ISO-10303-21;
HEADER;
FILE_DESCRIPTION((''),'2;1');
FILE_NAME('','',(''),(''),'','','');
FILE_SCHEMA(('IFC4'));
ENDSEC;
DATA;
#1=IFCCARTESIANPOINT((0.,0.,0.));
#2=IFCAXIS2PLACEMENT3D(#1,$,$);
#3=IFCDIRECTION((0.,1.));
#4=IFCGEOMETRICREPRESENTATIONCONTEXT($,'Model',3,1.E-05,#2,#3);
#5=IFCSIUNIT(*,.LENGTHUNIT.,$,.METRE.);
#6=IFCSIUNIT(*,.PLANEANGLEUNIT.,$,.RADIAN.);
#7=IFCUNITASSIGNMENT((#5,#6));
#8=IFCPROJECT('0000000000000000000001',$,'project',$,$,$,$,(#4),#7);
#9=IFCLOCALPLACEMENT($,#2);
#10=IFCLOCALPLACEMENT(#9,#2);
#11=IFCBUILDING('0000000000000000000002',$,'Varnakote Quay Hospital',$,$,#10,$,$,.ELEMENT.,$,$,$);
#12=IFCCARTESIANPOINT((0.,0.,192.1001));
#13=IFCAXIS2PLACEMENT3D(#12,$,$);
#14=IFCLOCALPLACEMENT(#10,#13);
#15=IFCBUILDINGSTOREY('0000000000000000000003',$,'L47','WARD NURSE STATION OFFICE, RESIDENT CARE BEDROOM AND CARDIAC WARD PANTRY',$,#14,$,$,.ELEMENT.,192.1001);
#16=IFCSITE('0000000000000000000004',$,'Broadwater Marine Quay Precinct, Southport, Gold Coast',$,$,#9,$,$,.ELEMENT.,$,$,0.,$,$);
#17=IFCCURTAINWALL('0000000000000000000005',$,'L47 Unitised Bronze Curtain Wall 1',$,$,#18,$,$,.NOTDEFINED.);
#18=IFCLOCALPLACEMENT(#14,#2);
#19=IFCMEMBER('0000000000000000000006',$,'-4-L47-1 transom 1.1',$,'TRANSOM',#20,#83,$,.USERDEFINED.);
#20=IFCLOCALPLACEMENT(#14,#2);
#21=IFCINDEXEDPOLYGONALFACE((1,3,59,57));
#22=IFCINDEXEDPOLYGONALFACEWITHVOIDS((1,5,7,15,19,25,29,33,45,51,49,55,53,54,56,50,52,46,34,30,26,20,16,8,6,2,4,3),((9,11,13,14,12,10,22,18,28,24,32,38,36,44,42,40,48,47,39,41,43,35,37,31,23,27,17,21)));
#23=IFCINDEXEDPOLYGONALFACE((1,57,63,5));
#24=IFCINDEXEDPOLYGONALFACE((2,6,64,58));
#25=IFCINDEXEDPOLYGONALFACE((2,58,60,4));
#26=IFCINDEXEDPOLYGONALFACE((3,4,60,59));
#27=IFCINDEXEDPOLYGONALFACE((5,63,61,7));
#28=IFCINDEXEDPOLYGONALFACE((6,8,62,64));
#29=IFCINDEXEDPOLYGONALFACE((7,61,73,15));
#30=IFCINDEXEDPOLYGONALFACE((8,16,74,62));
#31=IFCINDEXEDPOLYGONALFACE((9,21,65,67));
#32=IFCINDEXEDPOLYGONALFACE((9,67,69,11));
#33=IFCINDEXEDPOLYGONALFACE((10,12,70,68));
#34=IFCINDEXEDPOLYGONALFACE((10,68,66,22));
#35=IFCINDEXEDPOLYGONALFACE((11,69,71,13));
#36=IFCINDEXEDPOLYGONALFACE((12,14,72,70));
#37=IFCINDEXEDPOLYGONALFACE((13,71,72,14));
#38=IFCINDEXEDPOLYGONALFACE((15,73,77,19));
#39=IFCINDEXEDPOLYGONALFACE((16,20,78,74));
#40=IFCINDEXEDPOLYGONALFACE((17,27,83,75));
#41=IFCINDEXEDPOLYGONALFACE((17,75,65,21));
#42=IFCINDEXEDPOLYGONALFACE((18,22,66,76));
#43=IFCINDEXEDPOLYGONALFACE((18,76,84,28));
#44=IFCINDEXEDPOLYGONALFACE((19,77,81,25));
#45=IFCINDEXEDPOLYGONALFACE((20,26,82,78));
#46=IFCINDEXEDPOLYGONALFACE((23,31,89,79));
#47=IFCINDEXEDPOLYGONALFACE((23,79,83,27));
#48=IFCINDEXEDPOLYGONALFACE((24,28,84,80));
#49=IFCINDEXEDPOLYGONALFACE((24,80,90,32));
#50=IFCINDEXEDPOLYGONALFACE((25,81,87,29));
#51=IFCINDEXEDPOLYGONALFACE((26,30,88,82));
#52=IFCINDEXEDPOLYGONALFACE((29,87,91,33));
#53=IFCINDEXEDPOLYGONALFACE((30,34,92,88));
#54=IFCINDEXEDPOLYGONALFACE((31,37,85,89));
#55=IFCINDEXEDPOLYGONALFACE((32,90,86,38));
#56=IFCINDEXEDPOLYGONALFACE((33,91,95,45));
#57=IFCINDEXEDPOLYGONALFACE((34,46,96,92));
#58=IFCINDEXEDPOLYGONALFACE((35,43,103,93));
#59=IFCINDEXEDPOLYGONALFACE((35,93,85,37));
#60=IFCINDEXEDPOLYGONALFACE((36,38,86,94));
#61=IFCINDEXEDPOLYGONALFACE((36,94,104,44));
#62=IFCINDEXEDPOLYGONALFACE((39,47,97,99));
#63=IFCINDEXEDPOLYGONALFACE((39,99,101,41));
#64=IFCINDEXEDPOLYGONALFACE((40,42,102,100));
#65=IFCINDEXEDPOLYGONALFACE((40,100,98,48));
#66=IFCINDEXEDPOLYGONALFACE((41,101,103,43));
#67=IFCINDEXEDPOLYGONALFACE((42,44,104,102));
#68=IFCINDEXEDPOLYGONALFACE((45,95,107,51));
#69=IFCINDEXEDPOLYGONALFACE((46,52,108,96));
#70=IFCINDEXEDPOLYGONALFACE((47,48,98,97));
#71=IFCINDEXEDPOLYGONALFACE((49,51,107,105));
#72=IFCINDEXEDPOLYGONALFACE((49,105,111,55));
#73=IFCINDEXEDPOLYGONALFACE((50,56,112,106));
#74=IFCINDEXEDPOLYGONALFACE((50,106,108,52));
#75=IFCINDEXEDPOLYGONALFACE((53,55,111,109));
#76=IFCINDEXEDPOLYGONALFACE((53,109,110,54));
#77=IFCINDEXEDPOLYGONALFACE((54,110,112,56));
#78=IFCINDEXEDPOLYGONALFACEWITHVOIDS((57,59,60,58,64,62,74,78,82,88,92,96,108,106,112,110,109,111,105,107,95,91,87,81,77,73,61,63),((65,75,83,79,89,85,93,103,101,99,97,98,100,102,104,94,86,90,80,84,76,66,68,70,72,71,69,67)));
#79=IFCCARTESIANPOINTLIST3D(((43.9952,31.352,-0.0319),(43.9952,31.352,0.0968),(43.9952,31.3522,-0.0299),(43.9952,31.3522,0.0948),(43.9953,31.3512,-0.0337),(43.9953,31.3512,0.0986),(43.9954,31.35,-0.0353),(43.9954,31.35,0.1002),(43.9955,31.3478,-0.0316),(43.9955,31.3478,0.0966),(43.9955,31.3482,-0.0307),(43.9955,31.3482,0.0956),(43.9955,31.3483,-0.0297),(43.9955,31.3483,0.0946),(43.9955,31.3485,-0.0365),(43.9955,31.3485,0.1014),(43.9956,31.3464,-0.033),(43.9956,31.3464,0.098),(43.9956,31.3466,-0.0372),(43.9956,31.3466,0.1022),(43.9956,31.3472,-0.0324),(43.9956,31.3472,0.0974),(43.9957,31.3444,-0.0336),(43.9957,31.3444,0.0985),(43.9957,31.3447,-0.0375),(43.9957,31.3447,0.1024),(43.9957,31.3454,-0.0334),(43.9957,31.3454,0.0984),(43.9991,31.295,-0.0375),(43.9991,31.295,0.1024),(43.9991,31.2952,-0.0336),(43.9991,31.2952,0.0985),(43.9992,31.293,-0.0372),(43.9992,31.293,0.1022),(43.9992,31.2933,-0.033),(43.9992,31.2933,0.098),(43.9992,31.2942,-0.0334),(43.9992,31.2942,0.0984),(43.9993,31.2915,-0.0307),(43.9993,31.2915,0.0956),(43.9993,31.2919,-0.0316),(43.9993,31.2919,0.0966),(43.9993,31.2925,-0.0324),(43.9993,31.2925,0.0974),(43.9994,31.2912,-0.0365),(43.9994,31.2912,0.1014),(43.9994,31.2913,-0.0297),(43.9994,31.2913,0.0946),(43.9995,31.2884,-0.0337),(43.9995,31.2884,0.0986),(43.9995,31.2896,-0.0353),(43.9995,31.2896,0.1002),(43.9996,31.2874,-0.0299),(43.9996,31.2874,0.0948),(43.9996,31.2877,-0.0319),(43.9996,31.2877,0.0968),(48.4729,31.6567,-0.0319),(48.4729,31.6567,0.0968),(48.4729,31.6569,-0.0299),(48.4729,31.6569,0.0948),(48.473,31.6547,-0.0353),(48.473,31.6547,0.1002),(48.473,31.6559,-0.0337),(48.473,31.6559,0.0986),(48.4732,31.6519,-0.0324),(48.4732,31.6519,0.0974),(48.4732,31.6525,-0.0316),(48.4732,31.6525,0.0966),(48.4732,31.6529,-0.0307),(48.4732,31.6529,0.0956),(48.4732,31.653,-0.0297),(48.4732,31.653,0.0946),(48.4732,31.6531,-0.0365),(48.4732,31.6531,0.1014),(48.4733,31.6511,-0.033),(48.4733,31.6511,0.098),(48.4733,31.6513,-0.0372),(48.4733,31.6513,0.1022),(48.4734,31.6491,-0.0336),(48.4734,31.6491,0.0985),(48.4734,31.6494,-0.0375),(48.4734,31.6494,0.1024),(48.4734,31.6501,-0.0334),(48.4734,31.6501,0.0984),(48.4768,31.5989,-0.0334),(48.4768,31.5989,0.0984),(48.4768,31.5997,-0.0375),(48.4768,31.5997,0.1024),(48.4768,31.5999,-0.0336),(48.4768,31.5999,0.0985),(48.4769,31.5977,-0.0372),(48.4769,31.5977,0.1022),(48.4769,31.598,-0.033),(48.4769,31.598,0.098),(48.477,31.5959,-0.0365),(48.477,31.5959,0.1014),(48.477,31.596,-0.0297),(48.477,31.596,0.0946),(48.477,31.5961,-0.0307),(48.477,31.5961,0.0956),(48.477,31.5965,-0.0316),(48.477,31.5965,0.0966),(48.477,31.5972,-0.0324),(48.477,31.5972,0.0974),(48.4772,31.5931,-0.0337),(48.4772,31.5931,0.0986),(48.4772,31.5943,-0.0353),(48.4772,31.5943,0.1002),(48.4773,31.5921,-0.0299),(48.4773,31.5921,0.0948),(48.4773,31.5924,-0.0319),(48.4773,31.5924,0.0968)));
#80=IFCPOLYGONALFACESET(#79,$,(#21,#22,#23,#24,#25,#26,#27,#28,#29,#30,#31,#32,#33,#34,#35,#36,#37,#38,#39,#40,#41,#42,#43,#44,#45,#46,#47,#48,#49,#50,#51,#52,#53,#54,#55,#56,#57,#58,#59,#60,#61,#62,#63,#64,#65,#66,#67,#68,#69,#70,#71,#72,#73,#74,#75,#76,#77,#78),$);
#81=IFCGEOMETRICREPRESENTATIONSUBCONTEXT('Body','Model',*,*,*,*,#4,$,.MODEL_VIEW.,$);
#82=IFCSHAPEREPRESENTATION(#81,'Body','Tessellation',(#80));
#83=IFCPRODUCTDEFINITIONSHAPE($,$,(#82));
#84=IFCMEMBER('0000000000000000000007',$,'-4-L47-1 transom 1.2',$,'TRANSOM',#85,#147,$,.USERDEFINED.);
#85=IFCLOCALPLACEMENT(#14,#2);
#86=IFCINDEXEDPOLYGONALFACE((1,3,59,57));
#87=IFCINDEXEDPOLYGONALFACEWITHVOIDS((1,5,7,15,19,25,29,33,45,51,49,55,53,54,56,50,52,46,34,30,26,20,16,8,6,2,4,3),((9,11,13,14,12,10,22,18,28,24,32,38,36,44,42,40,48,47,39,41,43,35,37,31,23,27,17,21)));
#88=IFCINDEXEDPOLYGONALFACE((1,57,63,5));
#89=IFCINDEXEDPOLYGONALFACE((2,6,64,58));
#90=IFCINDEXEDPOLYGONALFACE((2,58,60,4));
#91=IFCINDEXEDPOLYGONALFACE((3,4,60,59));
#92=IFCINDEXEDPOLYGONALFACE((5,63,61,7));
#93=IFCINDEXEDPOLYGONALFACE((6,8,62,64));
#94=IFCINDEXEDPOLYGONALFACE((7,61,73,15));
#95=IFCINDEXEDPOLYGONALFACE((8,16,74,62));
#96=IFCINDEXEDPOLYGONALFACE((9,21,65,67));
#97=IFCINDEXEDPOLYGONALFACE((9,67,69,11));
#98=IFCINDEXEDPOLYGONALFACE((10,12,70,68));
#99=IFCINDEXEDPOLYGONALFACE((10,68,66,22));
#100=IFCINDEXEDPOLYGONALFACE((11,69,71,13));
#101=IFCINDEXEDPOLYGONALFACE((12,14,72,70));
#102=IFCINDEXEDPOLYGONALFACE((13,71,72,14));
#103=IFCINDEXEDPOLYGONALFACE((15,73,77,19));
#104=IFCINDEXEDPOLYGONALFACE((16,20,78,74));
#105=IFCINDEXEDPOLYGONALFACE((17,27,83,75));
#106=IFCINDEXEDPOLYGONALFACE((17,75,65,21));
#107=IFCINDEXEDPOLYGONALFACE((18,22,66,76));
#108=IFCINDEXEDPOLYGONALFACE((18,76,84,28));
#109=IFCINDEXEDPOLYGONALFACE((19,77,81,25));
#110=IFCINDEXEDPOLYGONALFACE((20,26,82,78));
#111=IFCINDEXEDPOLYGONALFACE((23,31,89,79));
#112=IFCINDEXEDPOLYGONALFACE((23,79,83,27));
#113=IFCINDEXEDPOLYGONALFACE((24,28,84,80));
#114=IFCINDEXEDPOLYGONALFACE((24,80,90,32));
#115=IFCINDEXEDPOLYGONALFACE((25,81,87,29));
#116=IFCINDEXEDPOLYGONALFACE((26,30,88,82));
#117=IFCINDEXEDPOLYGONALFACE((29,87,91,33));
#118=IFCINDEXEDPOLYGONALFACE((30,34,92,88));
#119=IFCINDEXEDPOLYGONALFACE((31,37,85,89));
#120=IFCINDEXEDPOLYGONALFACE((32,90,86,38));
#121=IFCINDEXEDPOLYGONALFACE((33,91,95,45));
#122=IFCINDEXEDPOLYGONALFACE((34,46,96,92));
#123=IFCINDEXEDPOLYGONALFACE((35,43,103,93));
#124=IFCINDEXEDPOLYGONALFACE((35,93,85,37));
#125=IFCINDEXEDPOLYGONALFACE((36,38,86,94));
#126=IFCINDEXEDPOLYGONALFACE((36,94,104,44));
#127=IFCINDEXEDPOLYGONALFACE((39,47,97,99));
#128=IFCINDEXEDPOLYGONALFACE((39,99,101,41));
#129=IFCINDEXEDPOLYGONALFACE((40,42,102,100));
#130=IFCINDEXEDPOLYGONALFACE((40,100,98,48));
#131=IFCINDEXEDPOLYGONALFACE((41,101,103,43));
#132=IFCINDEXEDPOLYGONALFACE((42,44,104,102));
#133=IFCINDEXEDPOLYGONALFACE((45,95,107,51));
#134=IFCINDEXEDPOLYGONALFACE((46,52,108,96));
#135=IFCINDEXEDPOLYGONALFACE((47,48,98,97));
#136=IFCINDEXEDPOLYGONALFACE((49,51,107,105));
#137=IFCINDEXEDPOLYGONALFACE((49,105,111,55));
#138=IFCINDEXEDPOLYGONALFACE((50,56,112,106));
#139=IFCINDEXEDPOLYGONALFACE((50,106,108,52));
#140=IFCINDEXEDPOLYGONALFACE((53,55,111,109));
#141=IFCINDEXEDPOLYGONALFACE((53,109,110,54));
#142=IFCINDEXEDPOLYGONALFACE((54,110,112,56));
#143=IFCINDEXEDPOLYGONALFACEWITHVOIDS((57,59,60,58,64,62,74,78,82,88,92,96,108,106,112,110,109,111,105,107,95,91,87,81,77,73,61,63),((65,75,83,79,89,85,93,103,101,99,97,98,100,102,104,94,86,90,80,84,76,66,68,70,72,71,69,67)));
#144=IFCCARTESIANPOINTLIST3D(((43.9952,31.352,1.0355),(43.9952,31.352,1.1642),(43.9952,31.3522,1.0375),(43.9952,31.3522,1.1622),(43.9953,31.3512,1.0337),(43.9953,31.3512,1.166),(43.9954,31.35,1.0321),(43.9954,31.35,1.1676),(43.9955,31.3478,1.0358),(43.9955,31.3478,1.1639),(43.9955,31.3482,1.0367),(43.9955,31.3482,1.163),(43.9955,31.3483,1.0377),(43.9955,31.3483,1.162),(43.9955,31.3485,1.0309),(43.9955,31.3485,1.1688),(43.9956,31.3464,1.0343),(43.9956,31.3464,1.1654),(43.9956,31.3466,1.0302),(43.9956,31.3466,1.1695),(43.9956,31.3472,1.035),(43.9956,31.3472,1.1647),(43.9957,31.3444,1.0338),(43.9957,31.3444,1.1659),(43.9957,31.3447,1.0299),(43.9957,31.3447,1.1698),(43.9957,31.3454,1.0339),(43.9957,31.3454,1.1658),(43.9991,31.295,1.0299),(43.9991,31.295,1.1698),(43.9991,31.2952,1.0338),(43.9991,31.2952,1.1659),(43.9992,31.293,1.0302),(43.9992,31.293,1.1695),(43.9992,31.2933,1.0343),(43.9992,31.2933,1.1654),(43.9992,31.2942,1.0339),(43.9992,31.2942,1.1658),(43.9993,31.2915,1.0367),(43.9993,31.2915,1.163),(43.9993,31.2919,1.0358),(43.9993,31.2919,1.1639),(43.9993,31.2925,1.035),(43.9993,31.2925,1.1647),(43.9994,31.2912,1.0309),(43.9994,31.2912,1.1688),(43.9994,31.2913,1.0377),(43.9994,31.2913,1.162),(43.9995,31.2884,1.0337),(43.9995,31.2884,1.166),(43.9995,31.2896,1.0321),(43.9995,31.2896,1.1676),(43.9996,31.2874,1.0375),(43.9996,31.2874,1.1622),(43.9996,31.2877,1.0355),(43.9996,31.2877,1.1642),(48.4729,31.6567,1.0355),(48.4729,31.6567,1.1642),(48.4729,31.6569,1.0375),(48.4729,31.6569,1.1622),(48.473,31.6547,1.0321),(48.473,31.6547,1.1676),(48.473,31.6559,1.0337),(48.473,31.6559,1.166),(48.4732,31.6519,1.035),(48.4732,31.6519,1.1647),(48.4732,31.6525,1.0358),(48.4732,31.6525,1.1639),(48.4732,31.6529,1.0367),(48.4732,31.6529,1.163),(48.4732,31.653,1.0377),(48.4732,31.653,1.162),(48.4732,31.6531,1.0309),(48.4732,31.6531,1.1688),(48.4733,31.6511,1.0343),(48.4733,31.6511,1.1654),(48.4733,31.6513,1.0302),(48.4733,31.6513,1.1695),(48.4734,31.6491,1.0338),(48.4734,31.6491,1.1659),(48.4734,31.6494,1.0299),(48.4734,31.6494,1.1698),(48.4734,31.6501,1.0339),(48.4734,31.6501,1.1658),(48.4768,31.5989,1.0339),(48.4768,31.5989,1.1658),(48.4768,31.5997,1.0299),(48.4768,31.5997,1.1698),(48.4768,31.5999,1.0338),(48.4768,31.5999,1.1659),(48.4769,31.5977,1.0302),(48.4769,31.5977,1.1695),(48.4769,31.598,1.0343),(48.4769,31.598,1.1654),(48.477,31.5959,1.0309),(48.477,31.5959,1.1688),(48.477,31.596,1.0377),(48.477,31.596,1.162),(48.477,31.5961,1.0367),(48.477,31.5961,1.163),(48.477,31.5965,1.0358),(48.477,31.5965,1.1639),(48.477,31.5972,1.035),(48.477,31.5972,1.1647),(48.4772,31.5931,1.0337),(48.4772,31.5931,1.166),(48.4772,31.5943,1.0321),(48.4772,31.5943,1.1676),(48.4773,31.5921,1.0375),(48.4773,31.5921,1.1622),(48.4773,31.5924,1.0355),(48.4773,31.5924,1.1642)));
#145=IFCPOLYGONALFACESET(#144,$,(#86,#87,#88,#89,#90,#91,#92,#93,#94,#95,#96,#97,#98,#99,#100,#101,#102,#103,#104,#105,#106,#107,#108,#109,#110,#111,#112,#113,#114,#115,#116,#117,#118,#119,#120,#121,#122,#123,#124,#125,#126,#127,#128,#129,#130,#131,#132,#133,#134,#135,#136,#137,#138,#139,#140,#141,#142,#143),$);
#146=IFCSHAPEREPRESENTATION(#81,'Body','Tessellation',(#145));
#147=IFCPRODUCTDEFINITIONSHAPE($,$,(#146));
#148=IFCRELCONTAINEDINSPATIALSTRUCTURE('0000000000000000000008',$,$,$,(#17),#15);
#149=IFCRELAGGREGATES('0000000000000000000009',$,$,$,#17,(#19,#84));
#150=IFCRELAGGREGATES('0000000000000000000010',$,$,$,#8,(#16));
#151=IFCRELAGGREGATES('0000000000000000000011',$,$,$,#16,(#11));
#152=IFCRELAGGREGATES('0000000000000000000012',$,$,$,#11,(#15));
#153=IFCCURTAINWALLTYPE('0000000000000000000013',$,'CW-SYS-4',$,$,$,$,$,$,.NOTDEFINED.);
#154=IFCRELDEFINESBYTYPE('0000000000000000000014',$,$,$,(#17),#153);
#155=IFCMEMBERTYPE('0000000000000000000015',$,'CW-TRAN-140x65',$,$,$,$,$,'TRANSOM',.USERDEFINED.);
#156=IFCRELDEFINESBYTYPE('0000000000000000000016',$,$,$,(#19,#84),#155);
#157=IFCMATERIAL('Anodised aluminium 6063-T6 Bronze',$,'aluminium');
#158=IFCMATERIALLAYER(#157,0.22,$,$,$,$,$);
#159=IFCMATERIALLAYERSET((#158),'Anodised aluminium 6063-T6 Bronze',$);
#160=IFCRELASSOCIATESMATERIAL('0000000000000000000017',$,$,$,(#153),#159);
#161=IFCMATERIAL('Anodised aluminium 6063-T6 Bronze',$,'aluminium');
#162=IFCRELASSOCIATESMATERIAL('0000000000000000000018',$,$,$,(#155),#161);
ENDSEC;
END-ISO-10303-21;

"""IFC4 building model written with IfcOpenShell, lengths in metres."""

from ifc_helpers import new_model, si_unit, direction, frame, origin, origin_2d, place, context, subcontext, project, spatial, hollow_rectangle, extrude, material, layer, layer_set, material_profile, profile_set, type_object, element, aggregate, save


model = new_model("IFC4")

# Units and contexts
model_context = context("Model", 3, precision=1e-05, world=origin(), true_north=direction((0.0, 1.0)))
body_context = subcontext(model_context, "Body", "Model", "MODEL_VIEW")
ifc_project = project(units=[si_unit("LENGTHUNIT", "METRE"), si_unit("PLANEANGLEUNIT", "RADIAN")], contexts=[model_context])

# Site, building, storey
site_placement = place(None, origin())
site = spatial("IfcSite", under=ifc_project, at=site_placement, Name="Broadwater Marine Quay Precinct, Southport, Gold Coast", CompositionType="ELEMENT", RefElevation=0.0)
building_placement = place(site_placement, origin())
building = spatial("IfcBuilding", under=site, at=building_placement, Name="Varnakote Quay Hospital", CompositionType="ELEMENT")
storey_placement = place(building_placement, frame((0.0, 0.0, 192.1001)))
storey = spatial("IfcBuildingStorey", under=building, at=storey_placement, Name="L47", Description="WARD NURSE STATION OFFICE, RESIDENT CARE BEDROOM AND CARDIAC WARD PANTRY", CompositionType="ELEMENT", Elevation=192.1001)

# Curtain wall, members
ifc_material_1 = material(Name="Anodised aluminium 6063-T6 Bronze", Category="aluminium")
ifc_layer_1 = layer(ifc_material_1, 0.22)
ifc_layer_set_1 = layer_set([ifc_layer_1], Name="Anodised aluminium 6063-T6 Bronze")
curtain_wall_type = type_object("IfcCurtainWallType", Name="CW-SYS-4", PredefinedType="NOTDEFINED", material=ifc_layer_set_1)
curtain_wall_placement = place(storey_placement, origin())
curtain_wall = element("IfcCurtainWall", 1, at=curtain_wall_placement, inside=storey, type_object=curtain_wall_type, Name="L47 Unitised Bronze Curtain Wall 1", PredefinedType="NOTDEFINED")
ifc_material_2 = material(Name="Anodised aluminium 6063-T6 Bronze", Category="aluminium")
ifc_material_profile_1 = material_profile(ifc_material_2, hollow_rectangle(XDim=0.0649, YDim=0.1399, WallThickness=0.0039, InnerFilletRadius=0.0039, OuterFilletRadius=0.0076, at=origin_2d()), Name="CW-TRAN-140x65")
ifc_profile_set_1 = profile_set([ifc_material_profile_1], Name="Anodised aluminium 6063-T6 Bronze")
member_type_1 = type_object("IfcMemberType", Name="CW-TRAN-140x65", ElementType="TRANSOM", PredefinedType="USERDEFINED", material=ifc_profile_set_1)
member_1_placement = place(storey_placement, frame((48.4751, 31.6245, 0.0325), z_axis=(-0.997693, -0.067887, 0.0), x_axis=(0.067887, -0.997693, 0.0)))
member_1 = element("IfcMember", 2, at=member_1_placement, type_object=member_type_1, Name="-4-L47-1 transom 1.1", ObjectType="TRANSOM", PredefinedType="USERDEFINED", context=body_context, shape_type="SweptSolid", body=[
    extrude(hollow_rectangle(XDim=0.0649, YDim=0.1399, WallThickness=0.0039, InnerFilletRadius=0.0039, OuterFilletRadius=0.0076, at=origin_2d()), origin(), (0.0, 0.0, 1.0), 4.488),
])
member_2_placement = place(storey_placement, frame((48.4751, 31.6245, 1.0999), z_axis=(-0.997693, -0.067887, 0.0), x_axis=(0.067887, -0.997693, 0.0)))
member_2 = element("IfcMember", 3, at=member_2_placement, type_object=member_type_1, Name="-4-L47-1 transom 1.2", ObjectType="TRANSOM", PredefinedType="USERDEFINED", context=body_context, shape_type="SweptSolid", body=[
    extrude(hollow_rectangle(XDim=0.0649, YDim=0.1399, WallThickness=0.0039, InnerFilletRadius=0.0039, OuterFilletRadius=0.0076, at=origin_2d()), origin(), (0.0, 0.0, 1.0), 4.488),
])
aggregate(curtain_wall, [member_1, member_2])

save(model, "model.ifc")
